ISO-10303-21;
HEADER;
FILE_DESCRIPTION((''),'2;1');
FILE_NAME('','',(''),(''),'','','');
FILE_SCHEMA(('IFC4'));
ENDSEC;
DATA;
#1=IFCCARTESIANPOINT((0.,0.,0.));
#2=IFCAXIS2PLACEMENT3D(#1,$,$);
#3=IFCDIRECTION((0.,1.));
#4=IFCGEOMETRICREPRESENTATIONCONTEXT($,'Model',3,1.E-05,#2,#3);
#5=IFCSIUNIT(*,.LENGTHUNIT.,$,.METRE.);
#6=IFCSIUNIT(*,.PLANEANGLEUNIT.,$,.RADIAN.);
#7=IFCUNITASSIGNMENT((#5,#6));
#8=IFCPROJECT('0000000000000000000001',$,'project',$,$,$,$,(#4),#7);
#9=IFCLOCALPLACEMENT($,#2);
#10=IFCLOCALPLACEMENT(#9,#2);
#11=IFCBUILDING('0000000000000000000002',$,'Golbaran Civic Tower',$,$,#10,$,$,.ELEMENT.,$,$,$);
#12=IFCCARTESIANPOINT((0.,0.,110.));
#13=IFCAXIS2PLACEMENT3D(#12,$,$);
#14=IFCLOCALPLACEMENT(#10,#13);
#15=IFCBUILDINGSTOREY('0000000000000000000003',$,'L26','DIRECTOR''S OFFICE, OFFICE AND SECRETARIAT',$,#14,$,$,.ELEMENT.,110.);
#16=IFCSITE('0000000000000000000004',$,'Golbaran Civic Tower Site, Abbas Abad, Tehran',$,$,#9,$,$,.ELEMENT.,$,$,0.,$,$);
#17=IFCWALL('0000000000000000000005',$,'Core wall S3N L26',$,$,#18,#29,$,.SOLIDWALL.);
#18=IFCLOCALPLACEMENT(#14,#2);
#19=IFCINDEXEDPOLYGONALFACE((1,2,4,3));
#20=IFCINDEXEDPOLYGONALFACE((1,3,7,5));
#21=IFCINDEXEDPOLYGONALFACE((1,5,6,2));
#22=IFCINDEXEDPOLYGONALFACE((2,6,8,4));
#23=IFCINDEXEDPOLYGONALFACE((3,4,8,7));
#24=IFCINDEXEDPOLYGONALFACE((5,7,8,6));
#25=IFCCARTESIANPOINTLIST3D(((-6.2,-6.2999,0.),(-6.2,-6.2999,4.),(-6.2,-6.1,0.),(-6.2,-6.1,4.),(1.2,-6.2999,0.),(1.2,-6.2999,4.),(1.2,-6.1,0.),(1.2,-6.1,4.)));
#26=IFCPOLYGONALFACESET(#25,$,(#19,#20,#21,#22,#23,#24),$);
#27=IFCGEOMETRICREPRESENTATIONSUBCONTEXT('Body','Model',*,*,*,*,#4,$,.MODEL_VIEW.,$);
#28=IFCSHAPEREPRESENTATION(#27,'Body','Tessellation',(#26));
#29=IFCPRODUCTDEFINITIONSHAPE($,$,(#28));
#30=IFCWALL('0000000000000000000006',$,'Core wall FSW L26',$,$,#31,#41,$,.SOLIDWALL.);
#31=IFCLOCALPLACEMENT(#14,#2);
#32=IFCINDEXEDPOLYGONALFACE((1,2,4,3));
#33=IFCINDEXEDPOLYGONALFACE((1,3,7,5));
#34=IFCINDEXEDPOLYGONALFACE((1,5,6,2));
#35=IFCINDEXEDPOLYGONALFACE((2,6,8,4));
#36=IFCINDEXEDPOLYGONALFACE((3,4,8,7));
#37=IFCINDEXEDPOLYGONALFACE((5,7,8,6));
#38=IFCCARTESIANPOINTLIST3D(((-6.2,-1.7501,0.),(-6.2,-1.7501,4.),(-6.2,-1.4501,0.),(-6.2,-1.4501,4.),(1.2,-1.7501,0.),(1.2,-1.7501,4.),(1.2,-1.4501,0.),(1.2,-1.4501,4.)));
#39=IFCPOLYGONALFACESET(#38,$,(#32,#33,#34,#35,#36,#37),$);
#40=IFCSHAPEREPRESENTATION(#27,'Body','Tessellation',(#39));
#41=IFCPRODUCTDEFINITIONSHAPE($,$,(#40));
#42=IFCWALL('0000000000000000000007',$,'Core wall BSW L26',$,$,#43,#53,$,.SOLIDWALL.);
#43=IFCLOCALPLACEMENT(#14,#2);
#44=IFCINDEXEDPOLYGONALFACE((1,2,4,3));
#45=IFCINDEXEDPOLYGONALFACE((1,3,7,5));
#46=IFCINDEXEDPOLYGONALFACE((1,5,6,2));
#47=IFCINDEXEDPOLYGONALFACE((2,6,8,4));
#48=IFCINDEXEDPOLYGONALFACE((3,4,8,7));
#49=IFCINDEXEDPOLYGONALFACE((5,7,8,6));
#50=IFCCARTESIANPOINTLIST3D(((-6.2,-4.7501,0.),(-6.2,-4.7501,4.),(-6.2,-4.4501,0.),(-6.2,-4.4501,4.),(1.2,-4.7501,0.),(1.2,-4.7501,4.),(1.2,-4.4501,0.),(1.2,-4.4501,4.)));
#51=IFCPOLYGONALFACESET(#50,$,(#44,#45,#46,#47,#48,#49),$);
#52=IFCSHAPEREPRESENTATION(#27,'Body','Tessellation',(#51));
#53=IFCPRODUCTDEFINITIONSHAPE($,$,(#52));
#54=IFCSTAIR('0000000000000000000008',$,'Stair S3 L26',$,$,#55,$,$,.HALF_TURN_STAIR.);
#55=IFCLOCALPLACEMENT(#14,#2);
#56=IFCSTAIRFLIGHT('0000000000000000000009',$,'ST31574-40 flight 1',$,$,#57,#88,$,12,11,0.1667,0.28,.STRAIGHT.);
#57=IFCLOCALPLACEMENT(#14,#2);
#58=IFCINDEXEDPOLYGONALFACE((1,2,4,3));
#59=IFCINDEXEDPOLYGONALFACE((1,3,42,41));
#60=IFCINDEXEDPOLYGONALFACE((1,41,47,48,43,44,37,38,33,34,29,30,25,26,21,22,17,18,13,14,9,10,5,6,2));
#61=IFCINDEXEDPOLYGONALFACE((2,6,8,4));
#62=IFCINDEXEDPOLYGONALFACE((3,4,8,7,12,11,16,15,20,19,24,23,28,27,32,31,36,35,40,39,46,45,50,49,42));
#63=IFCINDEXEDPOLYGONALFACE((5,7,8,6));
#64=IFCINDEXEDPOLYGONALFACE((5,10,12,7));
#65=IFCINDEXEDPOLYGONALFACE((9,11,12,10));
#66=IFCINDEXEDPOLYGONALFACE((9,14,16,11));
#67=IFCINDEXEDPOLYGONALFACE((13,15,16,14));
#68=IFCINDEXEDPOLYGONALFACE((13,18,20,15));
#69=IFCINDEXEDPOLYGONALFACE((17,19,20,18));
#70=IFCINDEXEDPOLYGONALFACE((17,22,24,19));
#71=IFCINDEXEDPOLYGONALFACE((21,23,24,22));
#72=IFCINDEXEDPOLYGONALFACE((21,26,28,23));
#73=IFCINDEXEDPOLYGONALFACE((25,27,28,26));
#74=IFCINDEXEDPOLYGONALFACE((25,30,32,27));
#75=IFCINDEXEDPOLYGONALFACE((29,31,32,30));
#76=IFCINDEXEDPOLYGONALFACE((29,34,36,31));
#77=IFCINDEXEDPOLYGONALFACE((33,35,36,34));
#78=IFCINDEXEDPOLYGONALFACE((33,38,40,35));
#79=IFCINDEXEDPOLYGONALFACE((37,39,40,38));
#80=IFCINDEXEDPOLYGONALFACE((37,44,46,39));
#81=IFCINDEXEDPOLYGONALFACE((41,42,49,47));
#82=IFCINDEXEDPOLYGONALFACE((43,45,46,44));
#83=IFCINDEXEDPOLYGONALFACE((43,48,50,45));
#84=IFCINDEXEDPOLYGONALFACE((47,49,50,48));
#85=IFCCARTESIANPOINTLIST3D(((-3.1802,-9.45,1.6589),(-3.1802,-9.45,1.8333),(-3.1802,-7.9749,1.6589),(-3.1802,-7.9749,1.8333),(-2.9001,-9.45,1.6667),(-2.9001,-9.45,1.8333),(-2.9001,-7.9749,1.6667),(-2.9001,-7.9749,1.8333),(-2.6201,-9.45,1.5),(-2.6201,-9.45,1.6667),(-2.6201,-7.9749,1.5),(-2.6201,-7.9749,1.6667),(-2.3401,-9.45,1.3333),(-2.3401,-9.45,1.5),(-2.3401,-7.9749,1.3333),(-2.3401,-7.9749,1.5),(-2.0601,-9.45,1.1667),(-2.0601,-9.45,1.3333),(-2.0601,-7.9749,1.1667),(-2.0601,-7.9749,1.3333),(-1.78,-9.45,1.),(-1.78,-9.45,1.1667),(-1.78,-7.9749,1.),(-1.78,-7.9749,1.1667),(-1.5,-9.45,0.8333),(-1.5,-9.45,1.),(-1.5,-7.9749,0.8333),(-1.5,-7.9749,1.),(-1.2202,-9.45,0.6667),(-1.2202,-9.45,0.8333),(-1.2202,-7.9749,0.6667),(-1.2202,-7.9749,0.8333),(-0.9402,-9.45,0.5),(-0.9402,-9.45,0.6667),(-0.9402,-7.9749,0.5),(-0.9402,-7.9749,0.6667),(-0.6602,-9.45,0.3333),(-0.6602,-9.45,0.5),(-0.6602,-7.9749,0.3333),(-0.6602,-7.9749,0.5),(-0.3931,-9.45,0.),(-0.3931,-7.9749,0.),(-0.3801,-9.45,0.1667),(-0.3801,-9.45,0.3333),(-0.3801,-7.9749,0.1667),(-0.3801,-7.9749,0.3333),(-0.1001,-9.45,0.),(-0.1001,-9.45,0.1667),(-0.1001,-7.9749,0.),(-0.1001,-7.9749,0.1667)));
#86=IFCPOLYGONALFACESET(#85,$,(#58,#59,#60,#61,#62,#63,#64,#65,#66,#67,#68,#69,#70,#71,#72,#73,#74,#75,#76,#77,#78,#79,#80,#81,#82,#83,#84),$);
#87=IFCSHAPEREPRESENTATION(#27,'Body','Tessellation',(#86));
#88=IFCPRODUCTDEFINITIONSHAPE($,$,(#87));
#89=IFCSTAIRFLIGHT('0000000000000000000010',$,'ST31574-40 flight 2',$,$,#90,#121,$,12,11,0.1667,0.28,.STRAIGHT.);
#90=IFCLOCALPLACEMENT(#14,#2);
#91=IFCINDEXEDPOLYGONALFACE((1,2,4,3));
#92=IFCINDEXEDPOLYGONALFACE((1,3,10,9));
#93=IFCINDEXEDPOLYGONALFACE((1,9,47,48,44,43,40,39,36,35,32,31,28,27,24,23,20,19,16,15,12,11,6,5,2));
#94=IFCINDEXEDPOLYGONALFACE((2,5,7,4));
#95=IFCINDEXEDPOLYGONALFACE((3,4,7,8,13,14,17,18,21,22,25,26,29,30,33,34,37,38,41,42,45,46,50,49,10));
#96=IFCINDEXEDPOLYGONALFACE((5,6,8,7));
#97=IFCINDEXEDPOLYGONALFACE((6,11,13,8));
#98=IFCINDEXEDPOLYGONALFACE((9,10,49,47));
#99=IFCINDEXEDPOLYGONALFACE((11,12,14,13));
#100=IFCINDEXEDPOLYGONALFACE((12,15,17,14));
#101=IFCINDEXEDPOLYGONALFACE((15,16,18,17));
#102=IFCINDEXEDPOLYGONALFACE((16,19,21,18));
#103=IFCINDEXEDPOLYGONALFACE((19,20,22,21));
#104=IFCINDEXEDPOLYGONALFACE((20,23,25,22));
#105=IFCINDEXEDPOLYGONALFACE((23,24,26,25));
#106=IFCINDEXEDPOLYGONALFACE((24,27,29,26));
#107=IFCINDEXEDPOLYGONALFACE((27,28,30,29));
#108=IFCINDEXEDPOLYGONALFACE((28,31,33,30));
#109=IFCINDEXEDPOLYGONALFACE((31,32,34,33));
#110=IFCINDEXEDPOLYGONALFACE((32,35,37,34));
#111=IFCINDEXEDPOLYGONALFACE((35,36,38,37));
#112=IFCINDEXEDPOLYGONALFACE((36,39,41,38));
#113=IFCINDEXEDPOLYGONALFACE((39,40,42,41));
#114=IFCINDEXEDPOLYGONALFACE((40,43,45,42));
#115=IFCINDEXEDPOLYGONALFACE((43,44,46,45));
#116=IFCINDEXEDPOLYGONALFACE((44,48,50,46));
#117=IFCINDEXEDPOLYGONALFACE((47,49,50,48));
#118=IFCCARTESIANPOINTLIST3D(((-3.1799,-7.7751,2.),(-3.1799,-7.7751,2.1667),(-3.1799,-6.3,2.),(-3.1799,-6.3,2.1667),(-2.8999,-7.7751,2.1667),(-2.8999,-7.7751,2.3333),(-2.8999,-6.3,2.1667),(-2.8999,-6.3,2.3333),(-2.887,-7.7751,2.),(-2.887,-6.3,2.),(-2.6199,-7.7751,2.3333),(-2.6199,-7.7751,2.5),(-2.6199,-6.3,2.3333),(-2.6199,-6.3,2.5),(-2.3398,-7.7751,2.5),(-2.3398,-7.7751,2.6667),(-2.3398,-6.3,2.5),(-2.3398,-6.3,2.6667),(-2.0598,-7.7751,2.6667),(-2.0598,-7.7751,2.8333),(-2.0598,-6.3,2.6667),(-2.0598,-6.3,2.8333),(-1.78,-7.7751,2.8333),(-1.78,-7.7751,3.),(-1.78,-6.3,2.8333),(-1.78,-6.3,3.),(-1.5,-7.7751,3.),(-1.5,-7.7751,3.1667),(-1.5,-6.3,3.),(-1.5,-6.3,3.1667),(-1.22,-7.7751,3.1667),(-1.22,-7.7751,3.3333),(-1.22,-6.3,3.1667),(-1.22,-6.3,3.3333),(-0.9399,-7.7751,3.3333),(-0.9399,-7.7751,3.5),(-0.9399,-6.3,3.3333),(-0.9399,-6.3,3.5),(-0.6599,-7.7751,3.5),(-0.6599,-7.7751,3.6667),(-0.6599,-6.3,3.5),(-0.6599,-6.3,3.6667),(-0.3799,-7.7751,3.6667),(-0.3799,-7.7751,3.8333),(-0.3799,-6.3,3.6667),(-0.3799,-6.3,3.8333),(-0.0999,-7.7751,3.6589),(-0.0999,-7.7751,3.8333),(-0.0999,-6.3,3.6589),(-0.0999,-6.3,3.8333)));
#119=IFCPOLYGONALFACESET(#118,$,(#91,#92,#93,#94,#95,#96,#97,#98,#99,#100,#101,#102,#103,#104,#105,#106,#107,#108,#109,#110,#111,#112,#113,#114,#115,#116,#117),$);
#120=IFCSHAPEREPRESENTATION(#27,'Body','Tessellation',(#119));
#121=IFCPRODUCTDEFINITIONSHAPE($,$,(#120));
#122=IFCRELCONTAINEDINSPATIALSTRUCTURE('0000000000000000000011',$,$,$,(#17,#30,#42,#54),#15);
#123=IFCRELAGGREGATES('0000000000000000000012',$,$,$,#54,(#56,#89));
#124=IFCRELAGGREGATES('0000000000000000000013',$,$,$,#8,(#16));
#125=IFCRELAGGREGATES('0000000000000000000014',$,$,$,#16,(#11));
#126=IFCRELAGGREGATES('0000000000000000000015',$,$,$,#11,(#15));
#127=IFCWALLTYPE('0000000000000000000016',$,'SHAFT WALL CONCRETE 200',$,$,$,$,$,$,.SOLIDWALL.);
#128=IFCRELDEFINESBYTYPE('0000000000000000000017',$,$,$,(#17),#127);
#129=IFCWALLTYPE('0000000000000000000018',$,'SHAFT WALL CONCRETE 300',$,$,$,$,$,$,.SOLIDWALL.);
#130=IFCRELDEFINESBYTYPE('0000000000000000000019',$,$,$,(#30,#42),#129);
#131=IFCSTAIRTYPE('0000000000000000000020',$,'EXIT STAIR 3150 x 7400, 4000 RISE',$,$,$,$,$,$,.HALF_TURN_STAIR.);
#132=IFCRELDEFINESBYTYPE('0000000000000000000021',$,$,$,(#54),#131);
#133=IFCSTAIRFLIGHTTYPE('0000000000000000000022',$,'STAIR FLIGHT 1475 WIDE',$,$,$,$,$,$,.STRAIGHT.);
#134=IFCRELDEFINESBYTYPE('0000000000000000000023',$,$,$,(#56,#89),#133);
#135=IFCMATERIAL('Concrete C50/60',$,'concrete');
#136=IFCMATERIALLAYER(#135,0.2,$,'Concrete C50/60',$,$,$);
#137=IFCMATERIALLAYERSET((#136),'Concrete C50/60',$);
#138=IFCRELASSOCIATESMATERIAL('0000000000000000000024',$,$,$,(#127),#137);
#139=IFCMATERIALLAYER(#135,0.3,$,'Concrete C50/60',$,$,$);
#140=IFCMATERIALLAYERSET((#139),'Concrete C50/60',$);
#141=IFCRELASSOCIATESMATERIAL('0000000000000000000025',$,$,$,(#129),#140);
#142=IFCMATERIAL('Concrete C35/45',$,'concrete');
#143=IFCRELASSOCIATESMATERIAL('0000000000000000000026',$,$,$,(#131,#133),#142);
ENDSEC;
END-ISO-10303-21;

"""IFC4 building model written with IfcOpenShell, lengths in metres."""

from ifc_helpers import new_model, si_unit, direction, frame, frame_2d, origin, place, context, subcontext, project, spatial, polyline, rectangle, outline, extrude, material, layer, layer_set, type_object, element, aggregate, save


model = new_model("IFC4")

# Units and contexts
model_context = context("Model", 3, precision=1e-05, world=origin(), true_north=direction((0.0, 1.0)))
body_context = subcontext(model_context, "Body", "Model", "MODEL_VIEW")
ifc_project = project(units=[si_unit("LENGTHUNIT", "METRE"), si_unit("PLANEANGLEUNIT", "RADIAN")], contexts=[model_context])

# Site, building, storey
site_placement = place(None, origin())
site = spatial("IfcSite", under=ifc_project, at=site_placement, Name="Golbaran Civic Tower Site, Abbas Abad, Tehran", CompositionType="ELEMENT", RefElevation=0.0)
building_placement = place(site_placement, origin())
building = spatial("IfcBuilding", under=site, at=building_placement, Name="Golbaran Civic Tower", CompositionType="ELEMENT")
storey_placement = place(building_placement, frame((0.0, 0.0, 110.0)))
storey = spatial("IfcBuildingStorey", under=building, at=storey_placement, Name="L26", Description="DIRECTOR'S OFFICE, OFFICE AND SECRETARIAT", CompositionType="ELEMENT", Elevation=110.0)

# Shared definitions
ifc_material_1 = material(Name="Concrete C50/60", Category="concrete")

# Walls
ifc_layer_1 = layer(ifc_material_1, 0.2, Name="Concrete C50/60")
ifc_layer_set_1 = layer_set([ifc_layer_1], Name="Concrete C50/60")
wall_type_1 = type_object("IfcWallType", Name="SHAFT WALL CONCRETE 200", PredefinedType="SOLIDWALL", material=ifc_layer_set_1)
wall_1_placement = place(storey_placement, frame((-6.2, -6.2, 0.0), z_axis=(0.0, 0.0, 1.0), x_axis=(1.0, 0.0, 0.0)))
element("IfcWall", 1, at=wall_1_placement, inside=storey, type_object=wall_type_1, Name="Core wall S3N L26", PredefinedType="SOLIDWALL", context=body_context, shape_type="SweptSolid", body=[
    extrude(rectangle(XDim=7.3999, YDim=0.2, at=frame_2d((3.7, 0.0))), origin(), (0.0, 0.0, 1.0), 4.0),
])
ifc_layer_2 = layer(ifc_material_1, 0.3, Name="Concrete C50/60")
ifc_layer_set_2 = layer_set([ifc_layer_2], Name="Concrete C50/60")
wall_type_2 = type_object("IfcWallType", Name="SHAFT WALL CONCRETE 300", PredefinedType="SOLIDWALL", material=ifc_layer_set_2)
for number, where, z_axis, x_axis, name in (
    (2, (-6.2, -1.6001, 0.0), (0.0, 0.0, 1.0), (1.0, 0.0, 0.0), "Core wall FSW L26"),
    (3, (-6.2, -4.6001, 0.0), (0.0, 0.0, 1.0), (1.0, 0.0, 0.0), "Core wall BSW L26"),
):
    element("IfcWall", number, at=place(storey_placement, frame(where, z_axis=z_axis, x_axis=x_axis)), inside=storey, type_object=wall_type_2, Name=name, PredefinedType="SOLIDWALL", context=body_context, shape_type="SweptSolid", body=[
        extrude(rectangle(XDim=7.3999, YDim=0.3, at=frame_2d((3.7, 0.0))), origin(), (0.0, 0.0, 1.0), 4.0),
    ])

# Stair, stair flights
ifc_material_2 = material(Name="Concrete C35/45", Category="concrete")
stair_type = type_object("IfcStairType", Name="EXIT STAIR 3150 x 7400, 4000 RISE", PredefinedType="HALF_TURN_STAIR", material=ifc_material_2)
stair_placement = place(storey_placement, origin())
stair = element("IfcStair", 4, at=stair_placement, inside=storey, type_object=stair_type, Name="Stair S3 L26", PredefinedType="HALF_TURN_STAIR")
stair_flight_type = type_object("IfcStairFlightType", Name="STAIR FLIGHT 1475 WIDE", PredefinedType="STRAIGHT", material=ifc_material_2)
stair_flight_1_placement = place(storey_placement, frame((-0.1001, -8.7124, 0.0), z_axis=(0.0, 0.0, 1.0), x_axis=(-1.0, 0.0, 0.0)))
stair_flight_1 = element("IfcStairFlight", 5, at=stair_flight_1_placement, type_object=stair_flight_type, Name="ST31574-40 flight 1", NumberOfRisers=12, NumberOfTreads=11, PredefinedType="STRAIGHT", RiserHeight=0.1667, TreadLength=0.28, context=body_context, shape_type="SweptSolid", body=[
    extrude(outline(polyline([(0.0, 0.0), (0.0, 0.1667), (0.28, 0.1667), (0.28, 0.3333), (0.5601, 0.3333), (0.5601, 0.5), (0.8401, 0.5), (0.8401, 0.6667), (1.1201, 0.6667), (1.1201, 0.8333), (1.3999, 0.8333), (1.3999, 1.0), (1.6799, 1.0), (1.6799, 1.1667), (1.96, 1.1667), (1.96, 1.3333), (2.24, 1.3333), (2.24, 1.5), (2.52, 1.5), (2.52, 1.6667), (2.8, 1.6667), (2.8, 1.8333), (3.0801, 1.8333), (3.0801, 2.0), (3.0801, 1.6589), (0.293, 0.0), (0.0, 0.0)])), frame((0.0, 0.7375, 0.0), z_axis=(0.0, -1.0, 0.0), x_axis=(1.0, 0.0, 0.0)), (0.0, 0.0, 1.0), 1.4751),
])
stair_flight_2_placement = place(storey_placement, frame((-3.1799, -7.0376, 2.0), z_axis=(0.0, 0.0, 1.0), x_axis=(1.0, 0.0, 0.0)))
stair_flight_2 = element("IfcStairFlight", 6, at=stair_flight_2_placement, type_object=stair_flight_type, Name="ST31574-40 flight 2", NumberOfRisers=12, NumberOfTreads=11, PredefinedType="STRAIGHT", RiserHeight=0.1667, TreadLength=0.28, context=body_context, shape_type="SweptSolid", body=[
    extrude(outline(polyline([(0.0, 0.0), (0.0, 0.1667), (0.28, 0.1667), (0.28, 0.3333), (0.5601, 0.3333), (0.5601, 0.5), (0.8401, 0.5), (0.8401, 0.6667), (1.1201, 0.6667), (1.1201, 0.8333), (1.3999, 0.8333), (1.3999, 1.0), (1.6799, 1.0), (1.6799, 1.1667), (1.96, 1.1667), (1.96, 1.3333), (2.24, 1.3333), (2.24, 1.5), (2.52, 1.5), (2.52, 1.6667), (2.8, 1.6667), (2.8, 1.8333), (3.0801, 1.8333), (3.0801, 2.0), (3.0801, 1.6589), (0.293, 0.0), (0.0, 0.0)])), frame((0.0, 0.7375, 0.0), z_axis=(0.0, -1.0, 0.0), x_axis=(1.0, 0.0, 0.0)), (0.0, 0.0, 1.0), 1.4751),
])
aggregate(stair, [stair_flight_1, stair_flight_2])

save(model, "model.ifc")
